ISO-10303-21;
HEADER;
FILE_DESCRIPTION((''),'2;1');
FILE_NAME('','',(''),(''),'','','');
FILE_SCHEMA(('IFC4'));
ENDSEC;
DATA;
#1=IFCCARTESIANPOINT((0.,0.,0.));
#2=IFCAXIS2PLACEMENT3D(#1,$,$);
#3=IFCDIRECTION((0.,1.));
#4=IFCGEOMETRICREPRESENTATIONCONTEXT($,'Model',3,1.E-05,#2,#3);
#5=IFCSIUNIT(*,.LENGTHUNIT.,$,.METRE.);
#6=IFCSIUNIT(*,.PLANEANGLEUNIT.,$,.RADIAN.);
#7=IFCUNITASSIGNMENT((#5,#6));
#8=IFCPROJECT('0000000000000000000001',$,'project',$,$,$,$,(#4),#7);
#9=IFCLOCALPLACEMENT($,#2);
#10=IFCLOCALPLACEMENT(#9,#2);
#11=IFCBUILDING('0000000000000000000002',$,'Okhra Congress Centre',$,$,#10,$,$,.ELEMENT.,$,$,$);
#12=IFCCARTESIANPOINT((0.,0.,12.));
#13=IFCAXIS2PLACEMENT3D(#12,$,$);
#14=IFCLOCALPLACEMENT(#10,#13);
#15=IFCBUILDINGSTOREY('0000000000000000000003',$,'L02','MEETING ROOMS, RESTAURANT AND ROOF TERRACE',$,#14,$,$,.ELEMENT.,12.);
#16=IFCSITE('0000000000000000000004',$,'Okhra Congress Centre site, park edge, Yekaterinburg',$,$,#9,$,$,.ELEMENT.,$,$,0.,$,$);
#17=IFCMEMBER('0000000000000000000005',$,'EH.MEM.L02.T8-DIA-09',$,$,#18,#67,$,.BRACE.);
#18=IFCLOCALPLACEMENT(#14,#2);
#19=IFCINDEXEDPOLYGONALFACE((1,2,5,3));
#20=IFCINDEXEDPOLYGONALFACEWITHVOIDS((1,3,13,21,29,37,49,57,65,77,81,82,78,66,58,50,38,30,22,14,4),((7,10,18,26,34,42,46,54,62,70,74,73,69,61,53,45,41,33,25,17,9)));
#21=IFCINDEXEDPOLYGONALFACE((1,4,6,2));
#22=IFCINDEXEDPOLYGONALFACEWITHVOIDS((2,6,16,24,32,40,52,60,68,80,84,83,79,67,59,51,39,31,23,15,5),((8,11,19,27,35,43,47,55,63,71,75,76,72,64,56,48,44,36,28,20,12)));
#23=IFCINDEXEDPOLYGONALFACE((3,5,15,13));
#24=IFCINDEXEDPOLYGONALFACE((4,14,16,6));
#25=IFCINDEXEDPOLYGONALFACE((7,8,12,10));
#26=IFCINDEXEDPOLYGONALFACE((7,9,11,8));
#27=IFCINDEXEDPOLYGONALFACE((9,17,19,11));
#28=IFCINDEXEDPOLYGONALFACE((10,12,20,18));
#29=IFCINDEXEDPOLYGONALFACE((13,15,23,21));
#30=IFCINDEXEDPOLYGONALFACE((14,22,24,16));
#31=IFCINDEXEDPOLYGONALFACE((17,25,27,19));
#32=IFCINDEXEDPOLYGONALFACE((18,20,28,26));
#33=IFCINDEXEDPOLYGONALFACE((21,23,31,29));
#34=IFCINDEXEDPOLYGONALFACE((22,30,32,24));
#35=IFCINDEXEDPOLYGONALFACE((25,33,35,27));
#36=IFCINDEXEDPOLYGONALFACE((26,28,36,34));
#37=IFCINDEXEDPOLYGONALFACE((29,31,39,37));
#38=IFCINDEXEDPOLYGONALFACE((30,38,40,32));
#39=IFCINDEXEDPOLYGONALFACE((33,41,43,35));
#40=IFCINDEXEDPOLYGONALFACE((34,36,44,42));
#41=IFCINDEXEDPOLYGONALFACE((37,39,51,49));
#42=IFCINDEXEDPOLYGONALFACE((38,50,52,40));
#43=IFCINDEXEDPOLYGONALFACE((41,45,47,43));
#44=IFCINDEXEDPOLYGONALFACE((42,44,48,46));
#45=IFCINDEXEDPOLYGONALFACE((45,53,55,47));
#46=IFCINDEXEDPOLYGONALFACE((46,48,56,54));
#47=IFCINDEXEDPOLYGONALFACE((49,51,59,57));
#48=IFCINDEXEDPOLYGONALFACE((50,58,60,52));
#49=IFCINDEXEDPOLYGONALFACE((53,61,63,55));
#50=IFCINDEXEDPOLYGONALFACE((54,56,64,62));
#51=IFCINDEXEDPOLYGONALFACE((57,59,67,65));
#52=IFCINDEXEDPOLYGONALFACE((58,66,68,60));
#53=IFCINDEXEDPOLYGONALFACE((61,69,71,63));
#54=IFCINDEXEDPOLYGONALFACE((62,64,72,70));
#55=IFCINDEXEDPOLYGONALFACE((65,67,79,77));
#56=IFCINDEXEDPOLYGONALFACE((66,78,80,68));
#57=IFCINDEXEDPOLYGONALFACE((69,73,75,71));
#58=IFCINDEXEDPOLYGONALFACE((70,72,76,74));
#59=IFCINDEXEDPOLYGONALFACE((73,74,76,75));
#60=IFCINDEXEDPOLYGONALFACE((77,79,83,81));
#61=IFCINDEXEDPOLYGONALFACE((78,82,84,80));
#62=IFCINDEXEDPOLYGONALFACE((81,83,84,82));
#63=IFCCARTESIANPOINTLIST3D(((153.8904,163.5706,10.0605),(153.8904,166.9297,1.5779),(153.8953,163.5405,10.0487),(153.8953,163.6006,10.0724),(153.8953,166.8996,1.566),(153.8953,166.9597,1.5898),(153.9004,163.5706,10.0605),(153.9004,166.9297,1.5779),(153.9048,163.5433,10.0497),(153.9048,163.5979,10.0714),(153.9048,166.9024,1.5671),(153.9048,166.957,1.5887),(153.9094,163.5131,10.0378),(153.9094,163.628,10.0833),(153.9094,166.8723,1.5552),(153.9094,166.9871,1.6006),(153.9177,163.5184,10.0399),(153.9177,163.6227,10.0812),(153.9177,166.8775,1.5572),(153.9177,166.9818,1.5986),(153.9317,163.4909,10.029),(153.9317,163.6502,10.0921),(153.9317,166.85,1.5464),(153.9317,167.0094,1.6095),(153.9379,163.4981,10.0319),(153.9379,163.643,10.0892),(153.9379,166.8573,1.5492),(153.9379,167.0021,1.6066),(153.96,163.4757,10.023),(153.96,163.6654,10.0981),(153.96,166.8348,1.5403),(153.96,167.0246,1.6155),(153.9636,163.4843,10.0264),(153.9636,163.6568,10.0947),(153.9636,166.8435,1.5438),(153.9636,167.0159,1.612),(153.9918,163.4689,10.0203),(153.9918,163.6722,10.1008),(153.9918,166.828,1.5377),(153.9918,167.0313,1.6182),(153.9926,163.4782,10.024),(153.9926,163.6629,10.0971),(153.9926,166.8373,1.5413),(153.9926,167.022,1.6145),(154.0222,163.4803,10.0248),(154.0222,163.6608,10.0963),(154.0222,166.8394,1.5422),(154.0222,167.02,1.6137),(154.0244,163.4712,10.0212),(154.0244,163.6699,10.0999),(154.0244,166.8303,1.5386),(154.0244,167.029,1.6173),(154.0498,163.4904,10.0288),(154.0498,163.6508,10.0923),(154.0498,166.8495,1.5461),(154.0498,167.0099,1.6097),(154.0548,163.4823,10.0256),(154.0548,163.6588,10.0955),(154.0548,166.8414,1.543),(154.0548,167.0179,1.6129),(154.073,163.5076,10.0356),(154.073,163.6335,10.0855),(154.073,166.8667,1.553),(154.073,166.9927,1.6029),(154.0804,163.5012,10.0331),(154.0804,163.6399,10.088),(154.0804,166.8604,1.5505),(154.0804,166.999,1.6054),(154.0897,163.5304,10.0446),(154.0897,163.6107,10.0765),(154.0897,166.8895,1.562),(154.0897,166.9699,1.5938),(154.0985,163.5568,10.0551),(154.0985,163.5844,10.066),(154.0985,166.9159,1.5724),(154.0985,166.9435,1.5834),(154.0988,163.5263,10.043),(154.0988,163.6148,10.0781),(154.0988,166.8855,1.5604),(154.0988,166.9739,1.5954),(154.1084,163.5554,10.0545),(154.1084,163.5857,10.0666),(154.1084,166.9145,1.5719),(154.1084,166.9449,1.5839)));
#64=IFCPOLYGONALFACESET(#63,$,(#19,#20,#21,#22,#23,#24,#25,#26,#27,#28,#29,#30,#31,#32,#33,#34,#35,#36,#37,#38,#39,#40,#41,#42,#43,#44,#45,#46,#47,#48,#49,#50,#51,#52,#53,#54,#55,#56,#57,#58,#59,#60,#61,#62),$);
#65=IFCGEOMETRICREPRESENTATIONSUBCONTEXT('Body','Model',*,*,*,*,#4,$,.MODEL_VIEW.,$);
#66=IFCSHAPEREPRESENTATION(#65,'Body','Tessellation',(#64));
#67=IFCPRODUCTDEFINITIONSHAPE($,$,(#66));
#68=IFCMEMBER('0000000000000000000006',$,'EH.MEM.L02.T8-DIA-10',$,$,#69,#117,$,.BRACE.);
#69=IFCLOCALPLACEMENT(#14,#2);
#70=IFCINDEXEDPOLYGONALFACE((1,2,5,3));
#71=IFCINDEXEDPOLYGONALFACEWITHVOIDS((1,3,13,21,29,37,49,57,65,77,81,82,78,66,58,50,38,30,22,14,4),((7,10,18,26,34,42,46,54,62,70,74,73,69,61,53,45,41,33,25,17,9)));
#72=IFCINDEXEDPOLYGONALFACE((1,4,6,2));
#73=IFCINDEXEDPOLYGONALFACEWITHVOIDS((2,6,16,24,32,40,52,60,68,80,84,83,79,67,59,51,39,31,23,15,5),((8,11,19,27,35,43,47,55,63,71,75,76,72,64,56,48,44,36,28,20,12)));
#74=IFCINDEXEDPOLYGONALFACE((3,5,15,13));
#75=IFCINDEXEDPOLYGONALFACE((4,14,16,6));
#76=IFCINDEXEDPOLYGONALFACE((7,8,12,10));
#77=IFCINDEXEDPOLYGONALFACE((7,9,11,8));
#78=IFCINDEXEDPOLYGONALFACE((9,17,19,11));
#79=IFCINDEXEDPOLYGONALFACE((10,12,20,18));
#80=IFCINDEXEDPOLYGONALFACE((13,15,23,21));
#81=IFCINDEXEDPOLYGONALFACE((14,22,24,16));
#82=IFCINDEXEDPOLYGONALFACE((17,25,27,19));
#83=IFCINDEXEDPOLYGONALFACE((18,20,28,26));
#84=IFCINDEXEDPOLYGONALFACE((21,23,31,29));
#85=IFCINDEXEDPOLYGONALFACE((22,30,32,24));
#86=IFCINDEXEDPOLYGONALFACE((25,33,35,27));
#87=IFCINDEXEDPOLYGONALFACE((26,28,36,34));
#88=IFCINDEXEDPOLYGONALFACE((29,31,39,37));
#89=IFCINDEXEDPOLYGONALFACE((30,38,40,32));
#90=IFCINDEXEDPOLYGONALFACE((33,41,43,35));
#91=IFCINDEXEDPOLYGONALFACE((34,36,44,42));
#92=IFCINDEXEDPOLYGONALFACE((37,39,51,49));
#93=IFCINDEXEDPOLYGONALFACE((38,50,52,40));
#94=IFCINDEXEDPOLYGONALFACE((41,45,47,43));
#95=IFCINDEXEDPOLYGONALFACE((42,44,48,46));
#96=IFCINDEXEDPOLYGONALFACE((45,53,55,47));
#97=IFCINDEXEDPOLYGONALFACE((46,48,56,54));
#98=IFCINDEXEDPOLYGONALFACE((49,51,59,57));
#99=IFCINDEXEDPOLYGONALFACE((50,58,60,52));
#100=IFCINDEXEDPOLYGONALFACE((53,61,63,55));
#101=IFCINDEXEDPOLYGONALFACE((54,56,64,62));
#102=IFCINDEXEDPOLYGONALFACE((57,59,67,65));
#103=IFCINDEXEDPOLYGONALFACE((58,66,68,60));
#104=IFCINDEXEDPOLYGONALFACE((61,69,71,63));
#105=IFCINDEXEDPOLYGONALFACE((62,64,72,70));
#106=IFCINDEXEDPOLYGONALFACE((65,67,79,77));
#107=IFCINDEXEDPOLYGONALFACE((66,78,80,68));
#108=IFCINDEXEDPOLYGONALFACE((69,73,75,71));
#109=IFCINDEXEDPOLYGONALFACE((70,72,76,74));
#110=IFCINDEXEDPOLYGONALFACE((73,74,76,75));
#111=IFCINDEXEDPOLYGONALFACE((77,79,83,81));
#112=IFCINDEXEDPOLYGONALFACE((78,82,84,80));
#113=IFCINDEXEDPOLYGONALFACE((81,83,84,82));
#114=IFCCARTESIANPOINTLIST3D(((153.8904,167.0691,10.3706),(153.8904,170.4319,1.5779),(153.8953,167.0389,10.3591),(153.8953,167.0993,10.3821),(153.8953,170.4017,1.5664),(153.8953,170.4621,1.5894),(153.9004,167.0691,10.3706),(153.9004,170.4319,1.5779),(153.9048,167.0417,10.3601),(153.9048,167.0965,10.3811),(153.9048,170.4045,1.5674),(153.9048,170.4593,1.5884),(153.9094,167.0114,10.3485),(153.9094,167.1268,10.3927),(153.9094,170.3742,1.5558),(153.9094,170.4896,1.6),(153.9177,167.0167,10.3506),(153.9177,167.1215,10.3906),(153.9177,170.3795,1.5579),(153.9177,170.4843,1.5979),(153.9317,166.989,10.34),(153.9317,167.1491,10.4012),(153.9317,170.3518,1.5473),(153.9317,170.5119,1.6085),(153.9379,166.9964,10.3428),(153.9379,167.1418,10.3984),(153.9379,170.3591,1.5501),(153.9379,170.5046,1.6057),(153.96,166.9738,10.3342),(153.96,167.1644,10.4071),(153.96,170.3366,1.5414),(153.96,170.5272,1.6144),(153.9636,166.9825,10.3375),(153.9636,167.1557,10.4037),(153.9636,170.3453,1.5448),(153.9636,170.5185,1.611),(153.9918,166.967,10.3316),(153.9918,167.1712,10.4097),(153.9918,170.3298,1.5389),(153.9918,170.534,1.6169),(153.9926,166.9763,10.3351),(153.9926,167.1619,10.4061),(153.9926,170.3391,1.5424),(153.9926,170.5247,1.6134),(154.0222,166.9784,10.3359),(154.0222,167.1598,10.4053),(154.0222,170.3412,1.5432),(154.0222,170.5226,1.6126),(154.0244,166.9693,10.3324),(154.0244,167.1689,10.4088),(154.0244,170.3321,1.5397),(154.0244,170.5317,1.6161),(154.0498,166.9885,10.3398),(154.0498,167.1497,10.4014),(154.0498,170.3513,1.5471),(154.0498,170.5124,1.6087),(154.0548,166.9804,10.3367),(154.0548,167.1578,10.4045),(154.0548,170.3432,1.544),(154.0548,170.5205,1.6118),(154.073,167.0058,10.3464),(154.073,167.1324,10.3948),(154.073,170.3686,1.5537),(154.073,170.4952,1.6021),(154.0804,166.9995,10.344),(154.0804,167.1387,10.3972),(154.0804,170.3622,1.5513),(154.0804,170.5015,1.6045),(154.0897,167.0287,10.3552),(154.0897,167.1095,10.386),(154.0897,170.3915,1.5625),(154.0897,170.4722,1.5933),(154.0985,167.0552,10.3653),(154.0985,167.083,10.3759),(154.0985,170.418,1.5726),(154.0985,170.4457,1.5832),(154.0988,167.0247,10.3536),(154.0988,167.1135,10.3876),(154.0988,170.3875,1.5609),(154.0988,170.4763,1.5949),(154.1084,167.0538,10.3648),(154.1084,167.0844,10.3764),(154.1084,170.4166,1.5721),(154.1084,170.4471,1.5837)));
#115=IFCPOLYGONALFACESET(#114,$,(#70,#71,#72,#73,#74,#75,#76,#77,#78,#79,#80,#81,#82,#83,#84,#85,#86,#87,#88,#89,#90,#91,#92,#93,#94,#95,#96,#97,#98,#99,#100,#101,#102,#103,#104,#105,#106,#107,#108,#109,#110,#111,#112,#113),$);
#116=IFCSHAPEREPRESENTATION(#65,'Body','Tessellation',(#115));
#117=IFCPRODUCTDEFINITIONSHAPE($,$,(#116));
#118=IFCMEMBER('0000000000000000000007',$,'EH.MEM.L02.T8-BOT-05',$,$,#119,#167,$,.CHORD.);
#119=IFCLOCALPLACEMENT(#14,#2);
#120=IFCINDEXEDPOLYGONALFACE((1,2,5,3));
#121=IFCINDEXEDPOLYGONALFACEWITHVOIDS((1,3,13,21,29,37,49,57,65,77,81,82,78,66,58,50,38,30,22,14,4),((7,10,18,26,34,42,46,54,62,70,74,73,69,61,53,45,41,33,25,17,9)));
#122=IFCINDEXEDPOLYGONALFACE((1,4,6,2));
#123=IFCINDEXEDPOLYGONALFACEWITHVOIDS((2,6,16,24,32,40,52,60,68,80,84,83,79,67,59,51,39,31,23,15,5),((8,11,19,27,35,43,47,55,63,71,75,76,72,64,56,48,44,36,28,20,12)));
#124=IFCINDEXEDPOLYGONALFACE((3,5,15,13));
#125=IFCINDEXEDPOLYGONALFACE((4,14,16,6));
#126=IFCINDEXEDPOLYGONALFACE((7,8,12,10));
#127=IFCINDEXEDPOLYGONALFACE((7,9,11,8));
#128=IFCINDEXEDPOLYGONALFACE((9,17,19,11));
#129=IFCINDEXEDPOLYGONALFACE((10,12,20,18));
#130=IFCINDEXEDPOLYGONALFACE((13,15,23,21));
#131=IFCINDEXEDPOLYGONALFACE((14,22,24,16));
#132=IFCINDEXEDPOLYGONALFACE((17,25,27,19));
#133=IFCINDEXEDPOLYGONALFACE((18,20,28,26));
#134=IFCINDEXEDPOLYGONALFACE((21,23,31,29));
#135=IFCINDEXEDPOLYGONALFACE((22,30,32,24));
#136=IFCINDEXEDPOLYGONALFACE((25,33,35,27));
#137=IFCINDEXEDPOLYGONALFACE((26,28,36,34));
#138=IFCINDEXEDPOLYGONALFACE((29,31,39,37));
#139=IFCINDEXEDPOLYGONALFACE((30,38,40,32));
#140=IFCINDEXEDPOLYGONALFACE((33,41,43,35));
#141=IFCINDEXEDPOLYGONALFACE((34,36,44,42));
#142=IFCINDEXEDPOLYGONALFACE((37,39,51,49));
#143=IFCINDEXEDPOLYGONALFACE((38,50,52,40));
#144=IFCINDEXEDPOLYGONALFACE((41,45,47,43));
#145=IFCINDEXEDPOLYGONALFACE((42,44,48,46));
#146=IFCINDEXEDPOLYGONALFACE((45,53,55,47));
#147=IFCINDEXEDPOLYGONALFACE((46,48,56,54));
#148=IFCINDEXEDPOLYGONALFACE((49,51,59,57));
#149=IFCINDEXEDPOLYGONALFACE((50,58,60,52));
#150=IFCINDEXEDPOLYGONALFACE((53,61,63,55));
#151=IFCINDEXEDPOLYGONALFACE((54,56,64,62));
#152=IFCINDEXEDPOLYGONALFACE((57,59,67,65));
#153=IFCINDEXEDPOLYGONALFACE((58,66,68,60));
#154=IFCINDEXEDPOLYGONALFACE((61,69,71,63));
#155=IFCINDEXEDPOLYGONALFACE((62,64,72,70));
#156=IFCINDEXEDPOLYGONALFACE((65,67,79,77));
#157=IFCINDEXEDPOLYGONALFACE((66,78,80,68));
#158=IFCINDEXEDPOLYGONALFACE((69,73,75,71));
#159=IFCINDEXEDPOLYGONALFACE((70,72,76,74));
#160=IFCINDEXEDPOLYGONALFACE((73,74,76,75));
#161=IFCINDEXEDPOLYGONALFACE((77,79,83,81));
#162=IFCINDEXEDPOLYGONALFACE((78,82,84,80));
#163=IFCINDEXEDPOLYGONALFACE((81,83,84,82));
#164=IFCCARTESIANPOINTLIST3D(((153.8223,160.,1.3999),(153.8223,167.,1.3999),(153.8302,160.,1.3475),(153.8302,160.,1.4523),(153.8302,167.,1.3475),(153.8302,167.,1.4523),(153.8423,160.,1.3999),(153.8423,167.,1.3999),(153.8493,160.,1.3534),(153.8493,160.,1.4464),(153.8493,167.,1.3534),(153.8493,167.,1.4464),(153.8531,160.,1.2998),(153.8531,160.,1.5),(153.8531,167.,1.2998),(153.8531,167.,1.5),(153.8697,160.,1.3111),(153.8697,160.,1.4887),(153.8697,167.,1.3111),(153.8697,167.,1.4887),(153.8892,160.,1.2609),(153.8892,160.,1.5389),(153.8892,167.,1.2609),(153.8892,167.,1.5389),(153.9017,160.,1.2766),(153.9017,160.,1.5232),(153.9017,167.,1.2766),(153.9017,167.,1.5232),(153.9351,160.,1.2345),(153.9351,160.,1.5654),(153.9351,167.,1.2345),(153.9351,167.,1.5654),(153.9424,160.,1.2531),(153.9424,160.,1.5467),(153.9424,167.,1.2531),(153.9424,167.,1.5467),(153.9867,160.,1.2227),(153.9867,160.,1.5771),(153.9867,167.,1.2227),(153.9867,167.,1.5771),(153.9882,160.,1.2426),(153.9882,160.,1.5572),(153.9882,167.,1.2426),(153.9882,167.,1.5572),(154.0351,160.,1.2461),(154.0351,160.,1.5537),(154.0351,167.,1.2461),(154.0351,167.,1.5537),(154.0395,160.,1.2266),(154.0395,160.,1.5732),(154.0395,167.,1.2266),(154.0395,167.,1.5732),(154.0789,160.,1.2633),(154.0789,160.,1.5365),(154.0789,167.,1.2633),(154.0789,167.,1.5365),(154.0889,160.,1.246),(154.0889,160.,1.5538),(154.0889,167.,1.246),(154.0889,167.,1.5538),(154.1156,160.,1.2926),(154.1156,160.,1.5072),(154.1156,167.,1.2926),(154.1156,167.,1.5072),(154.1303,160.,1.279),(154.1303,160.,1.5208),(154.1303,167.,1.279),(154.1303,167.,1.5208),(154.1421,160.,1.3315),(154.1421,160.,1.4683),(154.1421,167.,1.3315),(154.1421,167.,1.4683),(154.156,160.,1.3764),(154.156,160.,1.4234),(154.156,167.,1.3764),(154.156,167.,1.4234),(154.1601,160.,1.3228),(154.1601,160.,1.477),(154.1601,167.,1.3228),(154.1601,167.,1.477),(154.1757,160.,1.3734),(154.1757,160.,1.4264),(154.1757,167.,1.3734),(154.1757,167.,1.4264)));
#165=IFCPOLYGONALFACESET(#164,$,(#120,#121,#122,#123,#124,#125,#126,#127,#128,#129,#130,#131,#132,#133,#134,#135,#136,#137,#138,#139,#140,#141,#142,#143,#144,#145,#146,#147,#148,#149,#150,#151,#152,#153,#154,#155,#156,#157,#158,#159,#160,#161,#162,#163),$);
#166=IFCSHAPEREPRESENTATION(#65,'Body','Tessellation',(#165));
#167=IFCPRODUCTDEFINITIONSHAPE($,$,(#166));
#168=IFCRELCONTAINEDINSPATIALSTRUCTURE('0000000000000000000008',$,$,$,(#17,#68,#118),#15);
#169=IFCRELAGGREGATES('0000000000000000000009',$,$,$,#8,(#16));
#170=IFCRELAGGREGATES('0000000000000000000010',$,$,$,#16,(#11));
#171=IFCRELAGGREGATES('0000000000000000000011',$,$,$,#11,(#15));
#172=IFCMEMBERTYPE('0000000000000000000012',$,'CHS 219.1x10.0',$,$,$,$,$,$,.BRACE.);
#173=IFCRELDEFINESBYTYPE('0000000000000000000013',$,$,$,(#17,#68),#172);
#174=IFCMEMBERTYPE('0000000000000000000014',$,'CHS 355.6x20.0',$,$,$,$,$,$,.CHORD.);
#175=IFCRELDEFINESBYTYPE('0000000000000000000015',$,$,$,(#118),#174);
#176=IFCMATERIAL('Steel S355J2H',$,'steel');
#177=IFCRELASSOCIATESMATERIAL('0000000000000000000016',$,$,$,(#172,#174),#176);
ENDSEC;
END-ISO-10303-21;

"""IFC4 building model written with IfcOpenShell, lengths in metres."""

from ifc_helpers import new_model, si_unit, direction, frame, origin, origin_2d, place, context, subcontext, project, spatial, hollow_circle, extrude, material, material_profile, profile_set, type_object, element, save


model = new_model("IFC4")

# Units and contexts
model_context = context("Model", 3, precision=1e-05, world=origin(), true_north=direction((0.0, 1.0)))
body_context = subcontext(model_context, "Body", "Model", "MODEL_VIEW")
ifc_project = project(units=[si_unit("LENGTHUNIT", "METRE"), si_unit("PLANEANGLEUNIT", "RADIAN")], contexts=[model_context])

# Site, building, storey
site_placement = place(None, origin())
site = spatial("IfcSite", under=ifc_project, at=site_placement, Name="Okhra Congress Centre site, park edge, Yekaterinburg", CompositionType="ELEMENT", RefElevation=0.0)
building_placement = place(site_placement, origin())
building = spatial("IfcBuilding", under=site, at=building_placement, Name="Okhra Congress Centre", CompositionType="ELEMENT")
storey_placement = place(building_placement, frame((0.0, 0.0, 12.0)))
storey = spatial("IfcBuildingStorey", under=building, at=storey_placement, Name="L02", Description="MEETING ROOMS, RESTAURANT AND ROOF TERRACE", CompositionType="ELEMENT", Elevation=12.0)

# Members
ifc_material_1 = material(Name="Steel S355J2H", Category="steel")
ifc_material_profile_1 = material_profile(ifc_material_1, hollow_circle(Radius=0.1096, WallThickness=0.01, at=origin_2d()), Name="CHS 219.1x10.0")
ifc_profile_set_1 = profile_set([ifc_material_profile_1], Name="Steel S355J2H")
member_type_1 = type_object("IfcMemberType", Name="CHS 219.1x10.0", PredefinedType="BRACE", material=ifc_profile_set_1)
member_1_placement = place(storey_placement, frame((154.0, 163.5706, 10.0605), z_axis=(0.0, 0.368182, -0.929754), x_axis=(-1.0, 0.0, 0.0)))
element("IfcMember", 1, at=member_1_placement, inside=storey, type_object=member_type_1, Name="EH.MEM.L02.T8-DIA-09", PredefinedType="BRACE", context=body_context, shape_type="SweptSolid", body=[
    extrude(hollow_circle(Radius=0.1096, WallThickness=0.01, at=origin_2d()), origin(), (0.0, 0.0, 1.0), 9.1235),
])
member_2_placement = place(storey_placement, frame((154.0, 167.0691, 10.3706), z_axis=(0.0, 0.357218, -0.934021), x_axis=(-1.0, 0.0, 0.0)))
element("IfcMember", 2, at=member_2_placement, inside=storey, type_object=member_type_1, Name="EH.MEM.L02.T8-DIA-10", PredefinedType="BRACE", context=body_context, shape_type="SweptSolid", body=[
    extrude(hollow_circle(Radius=0.1096, WallThickness=0.01, at=origin_2d()), origin(), (0.0, 0.0, 1.0), 9.4138),
])
ifc_material_profile_2 = material_profile(ifc_material_1, hollow_circle(Radius=0.1777, WallThickness=0.02, at=origin_2d()), Name="CHS 355.6x20.0")
ifc_profile_set_2 = profile_set([ifc_material_profile_2], Name="Steel S355J2H")
member_type_2 = type_object("IfcMemberType", Name="CHS 355.6x20.0", PredefinedType="CHORD", material=ifc_profile_set_2)
for number, where, z_axis, x_axis, name in (
    (3, (154.0, 160.0, 1.3999), (0.0, 1.0, 0.0), (-1.0, 0.0, 0.0), "EH.MEM.L02.T8-BOT-05"),
):
    element("IfcMember", number, at=place(storey_placement, frame(where, z_axis=z_axis, x_axis=x_axis)), inside=storey, type_object=member_type_2, Name=name, PredefinedType="CHORD", context=body_context, shape_type="SweptSolid", body=[
        extrude(hollow_circle(Radius=0.1777, WallThickness=0.02, at=origin_2d()), origin(), (0.0, 0.0, 1.0), 7.0),
    ])

save(model, "model.ifc")
